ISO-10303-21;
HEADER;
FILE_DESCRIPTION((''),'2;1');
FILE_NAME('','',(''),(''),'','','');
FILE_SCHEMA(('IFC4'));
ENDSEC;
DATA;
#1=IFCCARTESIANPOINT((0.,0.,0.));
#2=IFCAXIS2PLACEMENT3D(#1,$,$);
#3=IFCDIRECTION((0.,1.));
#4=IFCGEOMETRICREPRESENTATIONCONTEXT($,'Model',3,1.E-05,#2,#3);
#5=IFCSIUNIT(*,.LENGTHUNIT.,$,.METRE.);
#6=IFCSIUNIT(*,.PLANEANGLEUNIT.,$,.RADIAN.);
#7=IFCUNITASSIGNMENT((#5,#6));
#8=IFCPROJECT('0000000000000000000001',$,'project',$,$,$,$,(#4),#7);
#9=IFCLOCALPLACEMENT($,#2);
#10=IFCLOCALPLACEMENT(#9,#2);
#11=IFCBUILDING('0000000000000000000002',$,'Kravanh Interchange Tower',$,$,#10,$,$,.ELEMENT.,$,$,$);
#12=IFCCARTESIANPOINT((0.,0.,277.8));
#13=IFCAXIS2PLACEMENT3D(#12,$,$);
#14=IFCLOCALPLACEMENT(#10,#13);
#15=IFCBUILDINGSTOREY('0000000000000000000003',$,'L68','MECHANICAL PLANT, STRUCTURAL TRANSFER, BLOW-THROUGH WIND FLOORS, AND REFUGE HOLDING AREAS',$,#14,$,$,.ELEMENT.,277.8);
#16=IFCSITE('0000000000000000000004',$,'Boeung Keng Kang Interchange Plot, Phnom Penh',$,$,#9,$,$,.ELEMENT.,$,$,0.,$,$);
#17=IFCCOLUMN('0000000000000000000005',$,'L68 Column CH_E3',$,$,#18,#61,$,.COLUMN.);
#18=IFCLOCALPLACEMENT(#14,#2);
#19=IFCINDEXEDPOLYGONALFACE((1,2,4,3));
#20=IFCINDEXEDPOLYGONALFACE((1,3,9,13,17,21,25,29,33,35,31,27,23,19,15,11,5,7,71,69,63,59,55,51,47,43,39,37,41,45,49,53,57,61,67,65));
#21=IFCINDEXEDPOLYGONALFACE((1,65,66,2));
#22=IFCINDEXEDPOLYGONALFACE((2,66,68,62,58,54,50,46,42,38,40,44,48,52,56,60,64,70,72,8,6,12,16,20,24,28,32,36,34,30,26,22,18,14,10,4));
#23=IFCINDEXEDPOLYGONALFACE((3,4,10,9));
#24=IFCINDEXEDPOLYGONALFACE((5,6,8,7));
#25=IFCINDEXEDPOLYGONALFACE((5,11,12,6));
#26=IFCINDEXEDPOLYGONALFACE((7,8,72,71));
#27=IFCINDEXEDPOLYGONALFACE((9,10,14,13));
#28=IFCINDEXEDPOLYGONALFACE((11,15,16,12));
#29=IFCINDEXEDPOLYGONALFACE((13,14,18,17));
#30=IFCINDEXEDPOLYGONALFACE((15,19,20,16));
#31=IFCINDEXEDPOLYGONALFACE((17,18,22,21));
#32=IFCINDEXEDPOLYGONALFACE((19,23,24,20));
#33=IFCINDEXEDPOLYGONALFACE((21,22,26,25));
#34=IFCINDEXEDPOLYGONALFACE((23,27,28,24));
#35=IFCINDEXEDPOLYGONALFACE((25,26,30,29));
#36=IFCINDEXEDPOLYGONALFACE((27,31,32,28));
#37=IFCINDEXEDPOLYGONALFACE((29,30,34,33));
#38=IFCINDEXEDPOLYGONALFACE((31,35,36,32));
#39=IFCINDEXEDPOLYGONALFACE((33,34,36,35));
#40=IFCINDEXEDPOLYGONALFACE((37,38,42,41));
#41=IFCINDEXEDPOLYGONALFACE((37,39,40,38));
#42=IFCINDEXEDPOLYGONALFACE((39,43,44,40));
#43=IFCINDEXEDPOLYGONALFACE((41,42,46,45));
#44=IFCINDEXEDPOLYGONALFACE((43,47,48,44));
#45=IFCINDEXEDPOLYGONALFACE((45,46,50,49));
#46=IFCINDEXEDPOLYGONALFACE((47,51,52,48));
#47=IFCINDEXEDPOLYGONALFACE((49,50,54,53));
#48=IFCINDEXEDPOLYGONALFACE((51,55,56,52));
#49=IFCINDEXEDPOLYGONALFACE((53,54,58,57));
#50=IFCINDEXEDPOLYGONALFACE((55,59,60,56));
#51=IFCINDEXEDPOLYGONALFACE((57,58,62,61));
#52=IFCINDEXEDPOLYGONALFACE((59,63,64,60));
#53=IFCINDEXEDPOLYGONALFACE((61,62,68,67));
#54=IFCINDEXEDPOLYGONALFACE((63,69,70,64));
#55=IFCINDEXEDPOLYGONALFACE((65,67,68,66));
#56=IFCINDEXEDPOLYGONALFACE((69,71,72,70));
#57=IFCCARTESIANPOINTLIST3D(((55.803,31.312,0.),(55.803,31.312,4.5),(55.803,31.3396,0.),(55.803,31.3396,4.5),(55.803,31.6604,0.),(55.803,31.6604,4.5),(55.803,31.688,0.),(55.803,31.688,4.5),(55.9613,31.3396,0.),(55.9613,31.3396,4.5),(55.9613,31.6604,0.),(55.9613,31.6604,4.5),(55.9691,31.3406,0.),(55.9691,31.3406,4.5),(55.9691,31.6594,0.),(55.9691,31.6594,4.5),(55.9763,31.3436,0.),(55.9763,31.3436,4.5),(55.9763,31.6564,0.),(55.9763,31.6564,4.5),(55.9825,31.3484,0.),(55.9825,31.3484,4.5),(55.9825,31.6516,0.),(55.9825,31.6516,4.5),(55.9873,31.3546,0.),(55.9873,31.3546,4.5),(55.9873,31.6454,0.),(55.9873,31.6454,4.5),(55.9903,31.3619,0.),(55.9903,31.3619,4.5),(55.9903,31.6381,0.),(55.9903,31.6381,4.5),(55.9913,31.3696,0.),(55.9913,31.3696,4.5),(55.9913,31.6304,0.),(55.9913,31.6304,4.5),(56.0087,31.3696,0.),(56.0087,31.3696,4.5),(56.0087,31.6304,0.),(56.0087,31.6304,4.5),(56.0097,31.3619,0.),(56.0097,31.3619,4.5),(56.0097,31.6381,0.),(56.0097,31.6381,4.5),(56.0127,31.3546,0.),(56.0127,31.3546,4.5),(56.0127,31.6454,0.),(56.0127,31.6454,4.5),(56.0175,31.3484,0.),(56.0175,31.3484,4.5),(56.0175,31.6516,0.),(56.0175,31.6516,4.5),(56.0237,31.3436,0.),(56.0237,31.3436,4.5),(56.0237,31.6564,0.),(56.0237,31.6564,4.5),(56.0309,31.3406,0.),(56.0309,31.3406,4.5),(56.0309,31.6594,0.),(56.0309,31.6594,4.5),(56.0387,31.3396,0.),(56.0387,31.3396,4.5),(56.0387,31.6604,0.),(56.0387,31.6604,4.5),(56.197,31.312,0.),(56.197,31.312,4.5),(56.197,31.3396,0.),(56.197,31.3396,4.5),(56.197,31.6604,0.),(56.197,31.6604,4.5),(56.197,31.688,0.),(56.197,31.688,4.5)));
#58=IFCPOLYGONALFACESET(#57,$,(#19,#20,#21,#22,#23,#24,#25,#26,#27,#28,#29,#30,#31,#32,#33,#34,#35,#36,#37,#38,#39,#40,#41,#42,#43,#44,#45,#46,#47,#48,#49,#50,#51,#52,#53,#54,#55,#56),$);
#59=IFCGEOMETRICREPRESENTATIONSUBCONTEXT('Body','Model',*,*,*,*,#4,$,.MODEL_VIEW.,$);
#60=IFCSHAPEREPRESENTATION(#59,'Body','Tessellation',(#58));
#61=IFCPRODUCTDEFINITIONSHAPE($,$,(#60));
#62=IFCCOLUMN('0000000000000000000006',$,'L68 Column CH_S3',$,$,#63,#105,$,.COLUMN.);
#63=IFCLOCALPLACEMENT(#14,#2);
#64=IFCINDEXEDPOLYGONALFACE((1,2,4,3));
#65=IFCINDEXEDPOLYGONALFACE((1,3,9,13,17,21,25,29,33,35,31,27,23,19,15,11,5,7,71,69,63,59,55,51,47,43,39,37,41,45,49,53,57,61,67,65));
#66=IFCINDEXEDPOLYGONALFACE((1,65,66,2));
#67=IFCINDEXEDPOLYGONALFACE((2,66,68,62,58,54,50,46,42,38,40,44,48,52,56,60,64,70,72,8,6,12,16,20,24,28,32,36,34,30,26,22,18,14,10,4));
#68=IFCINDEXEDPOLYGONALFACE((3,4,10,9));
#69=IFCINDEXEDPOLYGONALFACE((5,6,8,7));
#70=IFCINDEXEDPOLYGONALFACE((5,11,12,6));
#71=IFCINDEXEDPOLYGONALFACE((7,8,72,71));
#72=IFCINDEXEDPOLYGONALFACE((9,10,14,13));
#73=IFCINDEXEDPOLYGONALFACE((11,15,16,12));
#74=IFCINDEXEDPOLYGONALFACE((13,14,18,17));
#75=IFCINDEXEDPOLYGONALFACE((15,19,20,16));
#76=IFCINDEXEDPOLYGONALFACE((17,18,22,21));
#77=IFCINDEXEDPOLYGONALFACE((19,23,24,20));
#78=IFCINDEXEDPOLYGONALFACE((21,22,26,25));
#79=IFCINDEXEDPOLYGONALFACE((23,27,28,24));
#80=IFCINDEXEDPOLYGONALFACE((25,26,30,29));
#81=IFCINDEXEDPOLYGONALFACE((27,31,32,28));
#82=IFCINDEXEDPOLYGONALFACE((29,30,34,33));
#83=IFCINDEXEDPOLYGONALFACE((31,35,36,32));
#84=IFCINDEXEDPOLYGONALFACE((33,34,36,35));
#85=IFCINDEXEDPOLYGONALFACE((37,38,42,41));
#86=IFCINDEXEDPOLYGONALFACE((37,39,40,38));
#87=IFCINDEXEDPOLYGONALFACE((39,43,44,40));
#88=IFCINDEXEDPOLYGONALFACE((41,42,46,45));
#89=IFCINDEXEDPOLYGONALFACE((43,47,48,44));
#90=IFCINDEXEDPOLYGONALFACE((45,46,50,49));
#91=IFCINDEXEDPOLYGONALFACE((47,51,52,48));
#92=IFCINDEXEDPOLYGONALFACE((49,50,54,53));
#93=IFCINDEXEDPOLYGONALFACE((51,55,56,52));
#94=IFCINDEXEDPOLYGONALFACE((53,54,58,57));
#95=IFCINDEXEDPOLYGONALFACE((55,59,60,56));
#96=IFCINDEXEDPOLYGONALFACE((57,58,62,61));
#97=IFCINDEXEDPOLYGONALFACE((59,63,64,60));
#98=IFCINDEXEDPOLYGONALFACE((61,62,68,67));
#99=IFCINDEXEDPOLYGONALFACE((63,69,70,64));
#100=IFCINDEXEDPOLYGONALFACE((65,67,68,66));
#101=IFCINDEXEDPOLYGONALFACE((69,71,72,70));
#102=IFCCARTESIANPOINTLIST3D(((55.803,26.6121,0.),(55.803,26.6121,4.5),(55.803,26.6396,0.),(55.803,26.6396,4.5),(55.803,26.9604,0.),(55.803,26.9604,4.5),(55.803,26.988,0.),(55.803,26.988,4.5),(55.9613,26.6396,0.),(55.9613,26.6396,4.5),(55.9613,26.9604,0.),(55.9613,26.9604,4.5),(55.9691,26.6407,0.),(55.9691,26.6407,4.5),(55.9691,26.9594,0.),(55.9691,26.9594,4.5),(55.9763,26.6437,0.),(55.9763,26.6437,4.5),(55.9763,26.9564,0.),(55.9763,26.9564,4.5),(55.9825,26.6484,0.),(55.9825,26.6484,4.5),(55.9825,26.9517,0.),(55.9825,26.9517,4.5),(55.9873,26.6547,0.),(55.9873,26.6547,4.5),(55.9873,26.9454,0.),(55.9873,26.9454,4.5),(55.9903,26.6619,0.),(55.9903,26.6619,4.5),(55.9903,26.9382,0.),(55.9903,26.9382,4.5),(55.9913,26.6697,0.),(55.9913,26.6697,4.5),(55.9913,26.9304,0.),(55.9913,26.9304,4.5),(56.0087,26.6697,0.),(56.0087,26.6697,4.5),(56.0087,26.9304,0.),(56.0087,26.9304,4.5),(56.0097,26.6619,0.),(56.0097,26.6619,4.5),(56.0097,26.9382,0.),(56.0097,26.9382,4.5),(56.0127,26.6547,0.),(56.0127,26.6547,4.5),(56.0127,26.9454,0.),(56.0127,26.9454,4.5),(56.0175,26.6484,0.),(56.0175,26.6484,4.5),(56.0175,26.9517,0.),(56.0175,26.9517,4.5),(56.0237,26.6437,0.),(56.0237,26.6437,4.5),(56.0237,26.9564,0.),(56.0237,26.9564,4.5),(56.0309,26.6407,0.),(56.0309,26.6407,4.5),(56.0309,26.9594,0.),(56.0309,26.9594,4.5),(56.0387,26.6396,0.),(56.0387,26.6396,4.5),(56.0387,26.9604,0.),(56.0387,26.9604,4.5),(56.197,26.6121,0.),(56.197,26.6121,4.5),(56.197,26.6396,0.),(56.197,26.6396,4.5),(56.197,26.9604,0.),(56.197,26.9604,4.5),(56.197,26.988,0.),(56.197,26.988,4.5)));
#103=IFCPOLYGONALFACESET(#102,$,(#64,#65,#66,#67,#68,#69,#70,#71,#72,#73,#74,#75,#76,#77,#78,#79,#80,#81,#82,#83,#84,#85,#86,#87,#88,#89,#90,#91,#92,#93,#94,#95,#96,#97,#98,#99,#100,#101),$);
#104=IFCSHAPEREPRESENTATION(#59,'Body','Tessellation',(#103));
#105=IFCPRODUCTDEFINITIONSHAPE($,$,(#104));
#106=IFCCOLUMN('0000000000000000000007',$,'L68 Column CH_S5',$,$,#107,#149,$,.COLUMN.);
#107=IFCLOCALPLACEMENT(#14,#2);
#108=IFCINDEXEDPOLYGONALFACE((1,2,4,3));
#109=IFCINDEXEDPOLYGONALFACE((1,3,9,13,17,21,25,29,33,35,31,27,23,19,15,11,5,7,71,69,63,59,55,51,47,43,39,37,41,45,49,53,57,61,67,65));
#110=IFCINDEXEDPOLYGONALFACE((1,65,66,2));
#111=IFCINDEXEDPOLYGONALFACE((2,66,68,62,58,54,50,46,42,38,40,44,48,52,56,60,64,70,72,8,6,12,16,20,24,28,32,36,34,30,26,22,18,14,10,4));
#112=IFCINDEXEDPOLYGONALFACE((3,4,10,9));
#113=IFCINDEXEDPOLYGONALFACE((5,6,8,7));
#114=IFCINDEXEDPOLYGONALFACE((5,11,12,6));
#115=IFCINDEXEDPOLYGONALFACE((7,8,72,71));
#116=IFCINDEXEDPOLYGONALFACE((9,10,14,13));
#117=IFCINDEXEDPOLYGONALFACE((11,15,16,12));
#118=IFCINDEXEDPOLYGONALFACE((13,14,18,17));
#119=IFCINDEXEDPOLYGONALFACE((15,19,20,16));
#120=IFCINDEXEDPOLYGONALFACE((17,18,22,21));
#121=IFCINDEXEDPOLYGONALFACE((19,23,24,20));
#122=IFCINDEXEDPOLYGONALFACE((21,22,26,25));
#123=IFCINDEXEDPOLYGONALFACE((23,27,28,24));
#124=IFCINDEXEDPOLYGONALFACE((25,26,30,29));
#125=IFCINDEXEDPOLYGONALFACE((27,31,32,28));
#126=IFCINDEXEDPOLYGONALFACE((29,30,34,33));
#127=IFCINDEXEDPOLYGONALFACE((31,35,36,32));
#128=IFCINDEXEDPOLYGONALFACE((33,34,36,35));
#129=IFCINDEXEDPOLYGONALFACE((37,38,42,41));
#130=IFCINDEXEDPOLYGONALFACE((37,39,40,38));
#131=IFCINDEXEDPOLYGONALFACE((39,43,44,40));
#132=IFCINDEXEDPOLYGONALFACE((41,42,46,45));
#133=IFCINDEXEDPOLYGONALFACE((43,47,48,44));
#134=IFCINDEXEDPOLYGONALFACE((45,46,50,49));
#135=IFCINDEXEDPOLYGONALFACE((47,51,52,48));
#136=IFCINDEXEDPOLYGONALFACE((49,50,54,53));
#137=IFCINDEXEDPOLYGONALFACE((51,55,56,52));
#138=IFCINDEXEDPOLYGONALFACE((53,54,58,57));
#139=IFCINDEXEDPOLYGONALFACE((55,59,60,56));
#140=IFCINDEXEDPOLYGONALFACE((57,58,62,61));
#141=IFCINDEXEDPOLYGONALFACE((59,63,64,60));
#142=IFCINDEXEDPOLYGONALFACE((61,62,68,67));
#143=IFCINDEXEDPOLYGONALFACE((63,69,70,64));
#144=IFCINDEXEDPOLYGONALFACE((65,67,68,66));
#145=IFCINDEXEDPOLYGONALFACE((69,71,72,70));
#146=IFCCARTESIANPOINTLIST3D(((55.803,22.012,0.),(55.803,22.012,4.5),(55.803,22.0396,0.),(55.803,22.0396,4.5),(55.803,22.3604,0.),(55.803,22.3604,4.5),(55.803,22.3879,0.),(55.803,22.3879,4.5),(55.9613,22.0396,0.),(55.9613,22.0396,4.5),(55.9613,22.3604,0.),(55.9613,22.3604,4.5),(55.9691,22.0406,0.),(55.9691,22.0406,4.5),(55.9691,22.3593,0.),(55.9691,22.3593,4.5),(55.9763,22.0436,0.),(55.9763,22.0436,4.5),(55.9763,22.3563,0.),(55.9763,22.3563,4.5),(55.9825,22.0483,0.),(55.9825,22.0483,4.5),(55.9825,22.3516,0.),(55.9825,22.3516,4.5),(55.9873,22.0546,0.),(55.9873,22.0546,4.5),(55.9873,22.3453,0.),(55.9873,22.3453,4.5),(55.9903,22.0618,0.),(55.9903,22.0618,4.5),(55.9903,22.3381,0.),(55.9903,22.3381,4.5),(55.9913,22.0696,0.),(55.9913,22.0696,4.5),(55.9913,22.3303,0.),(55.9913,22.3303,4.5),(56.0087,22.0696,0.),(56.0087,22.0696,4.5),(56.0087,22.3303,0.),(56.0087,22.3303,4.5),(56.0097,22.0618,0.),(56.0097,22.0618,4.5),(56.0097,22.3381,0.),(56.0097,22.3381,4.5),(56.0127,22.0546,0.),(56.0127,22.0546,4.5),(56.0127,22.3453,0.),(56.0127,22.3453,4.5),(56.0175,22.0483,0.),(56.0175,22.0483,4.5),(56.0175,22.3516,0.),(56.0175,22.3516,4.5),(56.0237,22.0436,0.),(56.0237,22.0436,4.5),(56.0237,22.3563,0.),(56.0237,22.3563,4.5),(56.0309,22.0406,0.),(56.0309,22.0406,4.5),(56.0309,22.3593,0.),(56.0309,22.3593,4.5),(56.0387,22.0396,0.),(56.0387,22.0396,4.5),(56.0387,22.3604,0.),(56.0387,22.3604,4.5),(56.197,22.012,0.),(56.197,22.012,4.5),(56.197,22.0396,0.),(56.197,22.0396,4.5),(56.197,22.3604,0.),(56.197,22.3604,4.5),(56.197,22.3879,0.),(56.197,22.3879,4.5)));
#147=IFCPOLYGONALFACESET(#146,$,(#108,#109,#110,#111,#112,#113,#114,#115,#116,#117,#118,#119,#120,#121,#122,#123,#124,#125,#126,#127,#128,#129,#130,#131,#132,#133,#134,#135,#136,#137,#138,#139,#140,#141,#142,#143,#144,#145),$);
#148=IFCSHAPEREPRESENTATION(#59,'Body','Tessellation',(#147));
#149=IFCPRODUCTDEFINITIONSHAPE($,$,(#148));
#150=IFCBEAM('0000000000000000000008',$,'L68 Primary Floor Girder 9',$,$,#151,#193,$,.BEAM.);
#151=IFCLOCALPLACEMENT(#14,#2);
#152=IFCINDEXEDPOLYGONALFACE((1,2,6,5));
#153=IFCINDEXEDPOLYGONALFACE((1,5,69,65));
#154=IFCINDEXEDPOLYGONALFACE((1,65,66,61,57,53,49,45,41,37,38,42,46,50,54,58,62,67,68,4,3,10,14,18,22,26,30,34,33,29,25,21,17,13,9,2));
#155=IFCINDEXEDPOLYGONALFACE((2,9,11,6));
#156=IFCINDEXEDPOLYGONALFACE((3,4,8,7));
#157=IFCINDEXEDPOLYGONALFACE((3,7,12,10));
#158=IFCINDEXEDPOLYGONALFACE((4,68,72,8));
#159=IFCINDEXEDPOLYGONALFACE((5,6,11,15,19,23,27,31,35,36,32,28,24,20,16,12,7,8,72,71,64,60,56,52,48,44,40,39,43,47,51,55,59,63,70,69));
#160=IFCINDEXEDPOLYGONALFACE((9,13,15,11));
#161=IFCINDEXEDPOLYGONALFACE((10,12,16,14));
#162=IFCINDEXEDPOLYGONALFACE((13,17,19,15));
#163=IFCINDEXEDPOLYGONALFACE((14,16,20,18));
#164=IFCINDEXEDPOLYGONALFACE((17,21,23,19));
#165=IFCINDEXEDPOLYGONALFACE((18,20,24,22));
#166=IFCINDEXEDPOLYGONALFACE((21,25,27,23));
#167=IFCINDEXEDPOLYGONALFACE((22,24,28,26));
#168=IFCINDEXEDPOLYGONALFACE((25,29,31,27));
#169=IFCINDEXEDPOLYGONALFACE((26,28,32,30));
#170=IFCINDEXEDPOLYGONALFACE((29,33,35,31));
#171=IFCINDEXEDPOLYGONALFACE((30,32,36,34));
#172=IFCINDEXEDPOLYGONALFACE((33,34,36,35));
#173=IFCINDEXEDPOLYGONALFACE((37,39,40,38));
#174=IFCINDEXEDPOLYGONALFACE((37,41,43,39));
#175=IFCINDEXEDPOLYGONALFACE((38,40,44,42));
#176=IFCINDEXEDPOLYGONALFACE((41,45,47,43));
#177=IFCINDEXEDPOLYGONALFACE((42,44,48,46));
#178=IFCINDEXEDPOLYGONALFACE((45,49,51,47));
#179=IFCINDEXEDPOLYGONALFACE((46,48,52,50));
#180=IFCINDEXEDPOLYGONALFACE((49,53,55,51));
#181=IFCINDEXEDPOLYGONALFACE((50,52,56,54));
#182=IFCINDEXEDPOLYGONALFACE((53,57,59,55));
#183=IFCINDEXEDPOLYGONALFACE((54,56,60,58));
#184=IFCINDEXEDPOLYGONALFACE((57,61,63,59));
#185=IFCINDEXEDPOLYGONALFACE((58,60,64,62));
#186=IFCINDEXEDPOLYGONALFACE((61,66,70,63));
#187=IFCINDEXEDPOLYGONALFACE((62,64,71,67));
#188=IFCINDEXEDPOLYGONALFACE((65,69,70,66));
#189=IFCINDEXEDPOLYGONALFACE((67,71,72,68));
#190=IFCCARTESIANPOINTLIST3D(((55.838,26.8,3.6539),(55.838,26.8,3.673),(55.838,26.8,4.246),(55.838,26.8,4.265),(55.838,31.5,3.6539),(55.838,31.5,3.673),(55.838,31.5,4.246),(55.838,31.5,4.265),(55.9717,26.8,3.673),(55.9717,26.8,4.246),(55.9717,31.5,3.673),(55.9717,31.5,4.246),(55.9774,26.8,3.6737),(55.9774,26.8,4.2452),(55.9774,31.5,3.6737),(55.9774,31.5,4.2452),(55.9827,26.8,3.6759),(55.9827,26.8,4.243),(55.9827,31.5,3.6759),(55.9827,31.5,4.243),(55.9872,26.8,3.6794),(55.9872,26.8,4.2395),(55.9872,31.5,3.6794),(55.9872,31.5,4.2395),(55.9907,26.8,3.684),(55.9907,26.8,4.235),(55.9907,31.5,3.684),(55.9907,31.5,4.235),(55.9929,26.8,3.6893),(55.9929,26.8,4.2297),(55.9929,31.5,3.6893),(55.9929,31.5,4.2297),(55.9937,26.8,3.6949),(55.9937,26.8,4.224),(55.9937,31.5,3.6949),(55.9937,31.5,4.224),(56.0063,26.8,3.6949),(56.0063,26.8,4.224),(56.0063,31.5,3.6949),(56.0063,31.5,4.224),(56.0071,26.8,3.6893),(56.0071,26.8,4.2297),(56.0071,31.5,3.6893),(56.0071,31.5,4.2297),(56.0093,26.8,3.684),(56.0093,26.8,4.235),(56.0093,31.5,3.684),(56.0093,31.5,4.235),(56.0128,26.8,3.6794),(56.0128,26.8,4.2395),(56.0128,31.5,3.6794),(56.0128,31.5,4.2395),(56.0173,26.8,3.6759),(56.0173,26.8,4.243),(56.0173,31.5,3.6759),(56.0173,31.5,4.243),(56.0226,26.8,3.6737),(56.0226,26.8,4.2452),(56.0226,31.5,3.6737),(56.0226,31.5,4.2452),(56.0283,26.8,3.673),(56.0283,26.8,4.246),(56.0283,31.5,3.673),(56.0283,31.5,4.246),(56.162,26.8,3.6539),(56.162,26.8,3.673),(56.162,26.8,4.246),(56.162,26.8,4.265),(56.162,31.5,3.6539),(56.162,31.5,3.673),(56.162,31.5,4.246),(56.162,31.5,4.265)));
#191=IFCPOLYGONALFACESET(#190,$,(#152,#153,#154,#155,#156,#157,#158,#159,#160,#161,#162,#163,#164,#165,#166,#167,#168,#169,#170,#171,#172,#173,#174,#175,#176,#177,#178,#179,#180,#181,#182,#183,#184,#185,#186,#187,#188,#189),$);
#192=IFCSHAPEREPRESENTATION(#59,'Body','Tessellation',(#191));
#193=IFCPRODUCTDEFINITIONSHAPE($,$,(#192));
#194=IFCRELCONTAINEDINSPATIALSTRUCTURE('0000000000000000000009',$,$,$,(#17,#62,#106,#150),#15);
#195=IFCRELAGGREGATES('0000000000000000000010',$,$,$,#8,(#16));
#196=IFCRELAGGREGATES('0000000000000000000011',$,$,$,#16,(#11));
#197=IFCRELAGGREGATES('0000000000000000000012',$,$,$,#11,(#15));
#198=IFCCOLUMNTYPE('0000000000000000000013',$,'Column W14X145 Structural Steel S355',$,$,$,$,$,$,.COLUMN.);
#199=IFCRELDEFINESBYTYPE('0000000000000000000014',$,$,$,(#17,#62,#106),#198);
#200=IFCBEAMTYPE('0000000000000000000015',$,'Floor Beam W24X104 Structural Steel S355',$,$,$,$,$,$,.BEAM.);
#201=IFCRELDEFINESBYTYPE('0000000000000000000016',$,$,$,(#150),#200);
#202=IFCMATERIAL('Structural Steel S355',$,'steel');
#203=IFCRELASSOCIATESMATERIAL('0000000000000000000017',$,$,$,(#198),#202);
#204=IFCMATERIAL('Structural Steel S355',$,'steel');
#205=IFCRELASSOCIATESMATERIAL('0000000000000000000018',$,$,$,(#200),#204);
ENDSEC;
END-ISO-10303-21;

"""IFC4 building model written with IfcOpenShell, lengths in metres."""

from ifc_helpers import new_model, si_unit, direction, frame, origin, origin_2d, place, context, subcontext, project, spatial, i_section, extrude, material, material_profile, profile_set, type_object, element, save


model = new_model("IFC4")

# Units and contexts
model_context = context("Model", 3, precision=1e-05, world=origin(), true_north=direction((0.0, 1.0)))
body_context = subcontext(model_context, "Body", "Model", "MODEL_VIEW")
ifc_project = project(units=[si_unit("LENGTHUNIT", "METRE"), si_unit("PLANEANGLEUNIT", "RADIAN")], contexts=[model_context])

# Site, building, storey
site_placement = place(None, origin())
site = spatial("IfcSite", under=ifc_project, at=site_placement, Name="Boeung Keng Kang Interchange Plot, Phnom Penh", CompositionType="ELEMENT", RefElevation=0.0)
building_placement = place(site_placement, origin())
building = spatial("IfcBuilding", under=site, at=building_placement, Name="Kravanh Interchange Tower", CompositionType="ELEMENT")
storey_placement = place(building_placement, frame((0.0, 0.0, 277.8)))
storey = spatial("IfcBuildingStorey", under=building, at=storey_placement, Name="L68", Description="MECHANICAL PLANT, STRUCTURAL TRANSFER, BLOW-THROUGH WIND FLOORS, AND REFUGE HOLDING AREAS", CompositionType="ELEMENT", Elevation=277.8)

# Columns
ifc_material_1 = material(Name="Structural Steel S355", Category="steel")
ifc_material_profile_1 = material_profile(ifc_material_1, i_section(OverallWidth=0.394, OverallDepth=0.376, WebThickness=0.0173, FlangeThickness=0.0276, FilletRadius=0.03, at=origin_2d()), Name="W14X145")
ifc_profile_set_1 = profile_set([ifc_material_profile_1], Name="Structural Steel S355")
column_type = type_object("IfcColumnType", Name="Column W14X145 Structural Steel S355", PredefinedType="COLUMN", material=ifc_profile_set_1)
for number, where, z_axis, x_axis, name in (
    (1, (56.0, 31.5, 0.0), (0.0, 0.0, 1.0), (1.0, 0.0, 0.0), "L68 Column CH_E3"),
    (2, (56.0, 26.8, 0.0), (0.0, 0.0, 1.0), (1.0, 0.0, 0.0), "L68 Column CH_S3"),
    (3, (56.0, 22.2, 0.0), (0.0, 0.0, 1.0), (1.0, 0.0, 0.0), "L68 Column CH_S5"),
):
    element("IfcColumn", number, at=place(storey_placement, frame(where, z_axis=z_axis, x_axis=x_axis)), inside=storey, type_object=column_type, Name=name, PredefinedType="COLUMN", context=body_context, shape_type="SweptSolid", body=[
        extrude(i_section(OverallWidth=0.394, OverallDepth=0.376, WebThickness=0.0173, FlangeThickness=0.0276, FilletRadius=0.03, at=origin_2d()), origin(), (0.0, 0.0, 1.0), 4.5),
    ])

# Beam
ifc_material_2 = material(Name="Structural Steel S355", Category="steel")
ifc_material_profile_2 = material_profile(ifc_material_2, i_section(OverallWidth=0.324, OverallDepth=0.6111, WebThickness=0.0127, FlangeThickness=0.019, FilletRadius=0.022, at=origin_2d()), Name="W24X104")
ifc_profile_set_2 = profile_set([ifc_material_profile_2], Name="Structural Steel S355")
beam_type_1 = type_object("IfcBeamType", Name="Floor Beam W24X104 Structural Steel S355", PredefinedType="BEAM", material=ifc_profile_set_2)
beam_1_placement = place(storey_placement, frame((56.0, 31.5, 3.9595), z_axis=(0.0, -1.0, 0.0), x_axis=(1.0, 0.0, 0.0)))
element("IfcBeam", 4, at=beam_1_placement, inside=storey, type_object=beam_type_1, Name="L68 Primary Floor Girder 9", PredefinedType="BEAM", context=body_context, shape_type="SweptSolid", body=[
    extrude(i_section(OverallWidth=0.324, OverallDepth=0.6111, WebThickness=0.0127, FlangeThickness=0.019, FilletRadius=0.022, at=origin_2d()), origin(), (0.0, 0.0, 1.0), 4.7),
])

save(model, "model.ifc")
